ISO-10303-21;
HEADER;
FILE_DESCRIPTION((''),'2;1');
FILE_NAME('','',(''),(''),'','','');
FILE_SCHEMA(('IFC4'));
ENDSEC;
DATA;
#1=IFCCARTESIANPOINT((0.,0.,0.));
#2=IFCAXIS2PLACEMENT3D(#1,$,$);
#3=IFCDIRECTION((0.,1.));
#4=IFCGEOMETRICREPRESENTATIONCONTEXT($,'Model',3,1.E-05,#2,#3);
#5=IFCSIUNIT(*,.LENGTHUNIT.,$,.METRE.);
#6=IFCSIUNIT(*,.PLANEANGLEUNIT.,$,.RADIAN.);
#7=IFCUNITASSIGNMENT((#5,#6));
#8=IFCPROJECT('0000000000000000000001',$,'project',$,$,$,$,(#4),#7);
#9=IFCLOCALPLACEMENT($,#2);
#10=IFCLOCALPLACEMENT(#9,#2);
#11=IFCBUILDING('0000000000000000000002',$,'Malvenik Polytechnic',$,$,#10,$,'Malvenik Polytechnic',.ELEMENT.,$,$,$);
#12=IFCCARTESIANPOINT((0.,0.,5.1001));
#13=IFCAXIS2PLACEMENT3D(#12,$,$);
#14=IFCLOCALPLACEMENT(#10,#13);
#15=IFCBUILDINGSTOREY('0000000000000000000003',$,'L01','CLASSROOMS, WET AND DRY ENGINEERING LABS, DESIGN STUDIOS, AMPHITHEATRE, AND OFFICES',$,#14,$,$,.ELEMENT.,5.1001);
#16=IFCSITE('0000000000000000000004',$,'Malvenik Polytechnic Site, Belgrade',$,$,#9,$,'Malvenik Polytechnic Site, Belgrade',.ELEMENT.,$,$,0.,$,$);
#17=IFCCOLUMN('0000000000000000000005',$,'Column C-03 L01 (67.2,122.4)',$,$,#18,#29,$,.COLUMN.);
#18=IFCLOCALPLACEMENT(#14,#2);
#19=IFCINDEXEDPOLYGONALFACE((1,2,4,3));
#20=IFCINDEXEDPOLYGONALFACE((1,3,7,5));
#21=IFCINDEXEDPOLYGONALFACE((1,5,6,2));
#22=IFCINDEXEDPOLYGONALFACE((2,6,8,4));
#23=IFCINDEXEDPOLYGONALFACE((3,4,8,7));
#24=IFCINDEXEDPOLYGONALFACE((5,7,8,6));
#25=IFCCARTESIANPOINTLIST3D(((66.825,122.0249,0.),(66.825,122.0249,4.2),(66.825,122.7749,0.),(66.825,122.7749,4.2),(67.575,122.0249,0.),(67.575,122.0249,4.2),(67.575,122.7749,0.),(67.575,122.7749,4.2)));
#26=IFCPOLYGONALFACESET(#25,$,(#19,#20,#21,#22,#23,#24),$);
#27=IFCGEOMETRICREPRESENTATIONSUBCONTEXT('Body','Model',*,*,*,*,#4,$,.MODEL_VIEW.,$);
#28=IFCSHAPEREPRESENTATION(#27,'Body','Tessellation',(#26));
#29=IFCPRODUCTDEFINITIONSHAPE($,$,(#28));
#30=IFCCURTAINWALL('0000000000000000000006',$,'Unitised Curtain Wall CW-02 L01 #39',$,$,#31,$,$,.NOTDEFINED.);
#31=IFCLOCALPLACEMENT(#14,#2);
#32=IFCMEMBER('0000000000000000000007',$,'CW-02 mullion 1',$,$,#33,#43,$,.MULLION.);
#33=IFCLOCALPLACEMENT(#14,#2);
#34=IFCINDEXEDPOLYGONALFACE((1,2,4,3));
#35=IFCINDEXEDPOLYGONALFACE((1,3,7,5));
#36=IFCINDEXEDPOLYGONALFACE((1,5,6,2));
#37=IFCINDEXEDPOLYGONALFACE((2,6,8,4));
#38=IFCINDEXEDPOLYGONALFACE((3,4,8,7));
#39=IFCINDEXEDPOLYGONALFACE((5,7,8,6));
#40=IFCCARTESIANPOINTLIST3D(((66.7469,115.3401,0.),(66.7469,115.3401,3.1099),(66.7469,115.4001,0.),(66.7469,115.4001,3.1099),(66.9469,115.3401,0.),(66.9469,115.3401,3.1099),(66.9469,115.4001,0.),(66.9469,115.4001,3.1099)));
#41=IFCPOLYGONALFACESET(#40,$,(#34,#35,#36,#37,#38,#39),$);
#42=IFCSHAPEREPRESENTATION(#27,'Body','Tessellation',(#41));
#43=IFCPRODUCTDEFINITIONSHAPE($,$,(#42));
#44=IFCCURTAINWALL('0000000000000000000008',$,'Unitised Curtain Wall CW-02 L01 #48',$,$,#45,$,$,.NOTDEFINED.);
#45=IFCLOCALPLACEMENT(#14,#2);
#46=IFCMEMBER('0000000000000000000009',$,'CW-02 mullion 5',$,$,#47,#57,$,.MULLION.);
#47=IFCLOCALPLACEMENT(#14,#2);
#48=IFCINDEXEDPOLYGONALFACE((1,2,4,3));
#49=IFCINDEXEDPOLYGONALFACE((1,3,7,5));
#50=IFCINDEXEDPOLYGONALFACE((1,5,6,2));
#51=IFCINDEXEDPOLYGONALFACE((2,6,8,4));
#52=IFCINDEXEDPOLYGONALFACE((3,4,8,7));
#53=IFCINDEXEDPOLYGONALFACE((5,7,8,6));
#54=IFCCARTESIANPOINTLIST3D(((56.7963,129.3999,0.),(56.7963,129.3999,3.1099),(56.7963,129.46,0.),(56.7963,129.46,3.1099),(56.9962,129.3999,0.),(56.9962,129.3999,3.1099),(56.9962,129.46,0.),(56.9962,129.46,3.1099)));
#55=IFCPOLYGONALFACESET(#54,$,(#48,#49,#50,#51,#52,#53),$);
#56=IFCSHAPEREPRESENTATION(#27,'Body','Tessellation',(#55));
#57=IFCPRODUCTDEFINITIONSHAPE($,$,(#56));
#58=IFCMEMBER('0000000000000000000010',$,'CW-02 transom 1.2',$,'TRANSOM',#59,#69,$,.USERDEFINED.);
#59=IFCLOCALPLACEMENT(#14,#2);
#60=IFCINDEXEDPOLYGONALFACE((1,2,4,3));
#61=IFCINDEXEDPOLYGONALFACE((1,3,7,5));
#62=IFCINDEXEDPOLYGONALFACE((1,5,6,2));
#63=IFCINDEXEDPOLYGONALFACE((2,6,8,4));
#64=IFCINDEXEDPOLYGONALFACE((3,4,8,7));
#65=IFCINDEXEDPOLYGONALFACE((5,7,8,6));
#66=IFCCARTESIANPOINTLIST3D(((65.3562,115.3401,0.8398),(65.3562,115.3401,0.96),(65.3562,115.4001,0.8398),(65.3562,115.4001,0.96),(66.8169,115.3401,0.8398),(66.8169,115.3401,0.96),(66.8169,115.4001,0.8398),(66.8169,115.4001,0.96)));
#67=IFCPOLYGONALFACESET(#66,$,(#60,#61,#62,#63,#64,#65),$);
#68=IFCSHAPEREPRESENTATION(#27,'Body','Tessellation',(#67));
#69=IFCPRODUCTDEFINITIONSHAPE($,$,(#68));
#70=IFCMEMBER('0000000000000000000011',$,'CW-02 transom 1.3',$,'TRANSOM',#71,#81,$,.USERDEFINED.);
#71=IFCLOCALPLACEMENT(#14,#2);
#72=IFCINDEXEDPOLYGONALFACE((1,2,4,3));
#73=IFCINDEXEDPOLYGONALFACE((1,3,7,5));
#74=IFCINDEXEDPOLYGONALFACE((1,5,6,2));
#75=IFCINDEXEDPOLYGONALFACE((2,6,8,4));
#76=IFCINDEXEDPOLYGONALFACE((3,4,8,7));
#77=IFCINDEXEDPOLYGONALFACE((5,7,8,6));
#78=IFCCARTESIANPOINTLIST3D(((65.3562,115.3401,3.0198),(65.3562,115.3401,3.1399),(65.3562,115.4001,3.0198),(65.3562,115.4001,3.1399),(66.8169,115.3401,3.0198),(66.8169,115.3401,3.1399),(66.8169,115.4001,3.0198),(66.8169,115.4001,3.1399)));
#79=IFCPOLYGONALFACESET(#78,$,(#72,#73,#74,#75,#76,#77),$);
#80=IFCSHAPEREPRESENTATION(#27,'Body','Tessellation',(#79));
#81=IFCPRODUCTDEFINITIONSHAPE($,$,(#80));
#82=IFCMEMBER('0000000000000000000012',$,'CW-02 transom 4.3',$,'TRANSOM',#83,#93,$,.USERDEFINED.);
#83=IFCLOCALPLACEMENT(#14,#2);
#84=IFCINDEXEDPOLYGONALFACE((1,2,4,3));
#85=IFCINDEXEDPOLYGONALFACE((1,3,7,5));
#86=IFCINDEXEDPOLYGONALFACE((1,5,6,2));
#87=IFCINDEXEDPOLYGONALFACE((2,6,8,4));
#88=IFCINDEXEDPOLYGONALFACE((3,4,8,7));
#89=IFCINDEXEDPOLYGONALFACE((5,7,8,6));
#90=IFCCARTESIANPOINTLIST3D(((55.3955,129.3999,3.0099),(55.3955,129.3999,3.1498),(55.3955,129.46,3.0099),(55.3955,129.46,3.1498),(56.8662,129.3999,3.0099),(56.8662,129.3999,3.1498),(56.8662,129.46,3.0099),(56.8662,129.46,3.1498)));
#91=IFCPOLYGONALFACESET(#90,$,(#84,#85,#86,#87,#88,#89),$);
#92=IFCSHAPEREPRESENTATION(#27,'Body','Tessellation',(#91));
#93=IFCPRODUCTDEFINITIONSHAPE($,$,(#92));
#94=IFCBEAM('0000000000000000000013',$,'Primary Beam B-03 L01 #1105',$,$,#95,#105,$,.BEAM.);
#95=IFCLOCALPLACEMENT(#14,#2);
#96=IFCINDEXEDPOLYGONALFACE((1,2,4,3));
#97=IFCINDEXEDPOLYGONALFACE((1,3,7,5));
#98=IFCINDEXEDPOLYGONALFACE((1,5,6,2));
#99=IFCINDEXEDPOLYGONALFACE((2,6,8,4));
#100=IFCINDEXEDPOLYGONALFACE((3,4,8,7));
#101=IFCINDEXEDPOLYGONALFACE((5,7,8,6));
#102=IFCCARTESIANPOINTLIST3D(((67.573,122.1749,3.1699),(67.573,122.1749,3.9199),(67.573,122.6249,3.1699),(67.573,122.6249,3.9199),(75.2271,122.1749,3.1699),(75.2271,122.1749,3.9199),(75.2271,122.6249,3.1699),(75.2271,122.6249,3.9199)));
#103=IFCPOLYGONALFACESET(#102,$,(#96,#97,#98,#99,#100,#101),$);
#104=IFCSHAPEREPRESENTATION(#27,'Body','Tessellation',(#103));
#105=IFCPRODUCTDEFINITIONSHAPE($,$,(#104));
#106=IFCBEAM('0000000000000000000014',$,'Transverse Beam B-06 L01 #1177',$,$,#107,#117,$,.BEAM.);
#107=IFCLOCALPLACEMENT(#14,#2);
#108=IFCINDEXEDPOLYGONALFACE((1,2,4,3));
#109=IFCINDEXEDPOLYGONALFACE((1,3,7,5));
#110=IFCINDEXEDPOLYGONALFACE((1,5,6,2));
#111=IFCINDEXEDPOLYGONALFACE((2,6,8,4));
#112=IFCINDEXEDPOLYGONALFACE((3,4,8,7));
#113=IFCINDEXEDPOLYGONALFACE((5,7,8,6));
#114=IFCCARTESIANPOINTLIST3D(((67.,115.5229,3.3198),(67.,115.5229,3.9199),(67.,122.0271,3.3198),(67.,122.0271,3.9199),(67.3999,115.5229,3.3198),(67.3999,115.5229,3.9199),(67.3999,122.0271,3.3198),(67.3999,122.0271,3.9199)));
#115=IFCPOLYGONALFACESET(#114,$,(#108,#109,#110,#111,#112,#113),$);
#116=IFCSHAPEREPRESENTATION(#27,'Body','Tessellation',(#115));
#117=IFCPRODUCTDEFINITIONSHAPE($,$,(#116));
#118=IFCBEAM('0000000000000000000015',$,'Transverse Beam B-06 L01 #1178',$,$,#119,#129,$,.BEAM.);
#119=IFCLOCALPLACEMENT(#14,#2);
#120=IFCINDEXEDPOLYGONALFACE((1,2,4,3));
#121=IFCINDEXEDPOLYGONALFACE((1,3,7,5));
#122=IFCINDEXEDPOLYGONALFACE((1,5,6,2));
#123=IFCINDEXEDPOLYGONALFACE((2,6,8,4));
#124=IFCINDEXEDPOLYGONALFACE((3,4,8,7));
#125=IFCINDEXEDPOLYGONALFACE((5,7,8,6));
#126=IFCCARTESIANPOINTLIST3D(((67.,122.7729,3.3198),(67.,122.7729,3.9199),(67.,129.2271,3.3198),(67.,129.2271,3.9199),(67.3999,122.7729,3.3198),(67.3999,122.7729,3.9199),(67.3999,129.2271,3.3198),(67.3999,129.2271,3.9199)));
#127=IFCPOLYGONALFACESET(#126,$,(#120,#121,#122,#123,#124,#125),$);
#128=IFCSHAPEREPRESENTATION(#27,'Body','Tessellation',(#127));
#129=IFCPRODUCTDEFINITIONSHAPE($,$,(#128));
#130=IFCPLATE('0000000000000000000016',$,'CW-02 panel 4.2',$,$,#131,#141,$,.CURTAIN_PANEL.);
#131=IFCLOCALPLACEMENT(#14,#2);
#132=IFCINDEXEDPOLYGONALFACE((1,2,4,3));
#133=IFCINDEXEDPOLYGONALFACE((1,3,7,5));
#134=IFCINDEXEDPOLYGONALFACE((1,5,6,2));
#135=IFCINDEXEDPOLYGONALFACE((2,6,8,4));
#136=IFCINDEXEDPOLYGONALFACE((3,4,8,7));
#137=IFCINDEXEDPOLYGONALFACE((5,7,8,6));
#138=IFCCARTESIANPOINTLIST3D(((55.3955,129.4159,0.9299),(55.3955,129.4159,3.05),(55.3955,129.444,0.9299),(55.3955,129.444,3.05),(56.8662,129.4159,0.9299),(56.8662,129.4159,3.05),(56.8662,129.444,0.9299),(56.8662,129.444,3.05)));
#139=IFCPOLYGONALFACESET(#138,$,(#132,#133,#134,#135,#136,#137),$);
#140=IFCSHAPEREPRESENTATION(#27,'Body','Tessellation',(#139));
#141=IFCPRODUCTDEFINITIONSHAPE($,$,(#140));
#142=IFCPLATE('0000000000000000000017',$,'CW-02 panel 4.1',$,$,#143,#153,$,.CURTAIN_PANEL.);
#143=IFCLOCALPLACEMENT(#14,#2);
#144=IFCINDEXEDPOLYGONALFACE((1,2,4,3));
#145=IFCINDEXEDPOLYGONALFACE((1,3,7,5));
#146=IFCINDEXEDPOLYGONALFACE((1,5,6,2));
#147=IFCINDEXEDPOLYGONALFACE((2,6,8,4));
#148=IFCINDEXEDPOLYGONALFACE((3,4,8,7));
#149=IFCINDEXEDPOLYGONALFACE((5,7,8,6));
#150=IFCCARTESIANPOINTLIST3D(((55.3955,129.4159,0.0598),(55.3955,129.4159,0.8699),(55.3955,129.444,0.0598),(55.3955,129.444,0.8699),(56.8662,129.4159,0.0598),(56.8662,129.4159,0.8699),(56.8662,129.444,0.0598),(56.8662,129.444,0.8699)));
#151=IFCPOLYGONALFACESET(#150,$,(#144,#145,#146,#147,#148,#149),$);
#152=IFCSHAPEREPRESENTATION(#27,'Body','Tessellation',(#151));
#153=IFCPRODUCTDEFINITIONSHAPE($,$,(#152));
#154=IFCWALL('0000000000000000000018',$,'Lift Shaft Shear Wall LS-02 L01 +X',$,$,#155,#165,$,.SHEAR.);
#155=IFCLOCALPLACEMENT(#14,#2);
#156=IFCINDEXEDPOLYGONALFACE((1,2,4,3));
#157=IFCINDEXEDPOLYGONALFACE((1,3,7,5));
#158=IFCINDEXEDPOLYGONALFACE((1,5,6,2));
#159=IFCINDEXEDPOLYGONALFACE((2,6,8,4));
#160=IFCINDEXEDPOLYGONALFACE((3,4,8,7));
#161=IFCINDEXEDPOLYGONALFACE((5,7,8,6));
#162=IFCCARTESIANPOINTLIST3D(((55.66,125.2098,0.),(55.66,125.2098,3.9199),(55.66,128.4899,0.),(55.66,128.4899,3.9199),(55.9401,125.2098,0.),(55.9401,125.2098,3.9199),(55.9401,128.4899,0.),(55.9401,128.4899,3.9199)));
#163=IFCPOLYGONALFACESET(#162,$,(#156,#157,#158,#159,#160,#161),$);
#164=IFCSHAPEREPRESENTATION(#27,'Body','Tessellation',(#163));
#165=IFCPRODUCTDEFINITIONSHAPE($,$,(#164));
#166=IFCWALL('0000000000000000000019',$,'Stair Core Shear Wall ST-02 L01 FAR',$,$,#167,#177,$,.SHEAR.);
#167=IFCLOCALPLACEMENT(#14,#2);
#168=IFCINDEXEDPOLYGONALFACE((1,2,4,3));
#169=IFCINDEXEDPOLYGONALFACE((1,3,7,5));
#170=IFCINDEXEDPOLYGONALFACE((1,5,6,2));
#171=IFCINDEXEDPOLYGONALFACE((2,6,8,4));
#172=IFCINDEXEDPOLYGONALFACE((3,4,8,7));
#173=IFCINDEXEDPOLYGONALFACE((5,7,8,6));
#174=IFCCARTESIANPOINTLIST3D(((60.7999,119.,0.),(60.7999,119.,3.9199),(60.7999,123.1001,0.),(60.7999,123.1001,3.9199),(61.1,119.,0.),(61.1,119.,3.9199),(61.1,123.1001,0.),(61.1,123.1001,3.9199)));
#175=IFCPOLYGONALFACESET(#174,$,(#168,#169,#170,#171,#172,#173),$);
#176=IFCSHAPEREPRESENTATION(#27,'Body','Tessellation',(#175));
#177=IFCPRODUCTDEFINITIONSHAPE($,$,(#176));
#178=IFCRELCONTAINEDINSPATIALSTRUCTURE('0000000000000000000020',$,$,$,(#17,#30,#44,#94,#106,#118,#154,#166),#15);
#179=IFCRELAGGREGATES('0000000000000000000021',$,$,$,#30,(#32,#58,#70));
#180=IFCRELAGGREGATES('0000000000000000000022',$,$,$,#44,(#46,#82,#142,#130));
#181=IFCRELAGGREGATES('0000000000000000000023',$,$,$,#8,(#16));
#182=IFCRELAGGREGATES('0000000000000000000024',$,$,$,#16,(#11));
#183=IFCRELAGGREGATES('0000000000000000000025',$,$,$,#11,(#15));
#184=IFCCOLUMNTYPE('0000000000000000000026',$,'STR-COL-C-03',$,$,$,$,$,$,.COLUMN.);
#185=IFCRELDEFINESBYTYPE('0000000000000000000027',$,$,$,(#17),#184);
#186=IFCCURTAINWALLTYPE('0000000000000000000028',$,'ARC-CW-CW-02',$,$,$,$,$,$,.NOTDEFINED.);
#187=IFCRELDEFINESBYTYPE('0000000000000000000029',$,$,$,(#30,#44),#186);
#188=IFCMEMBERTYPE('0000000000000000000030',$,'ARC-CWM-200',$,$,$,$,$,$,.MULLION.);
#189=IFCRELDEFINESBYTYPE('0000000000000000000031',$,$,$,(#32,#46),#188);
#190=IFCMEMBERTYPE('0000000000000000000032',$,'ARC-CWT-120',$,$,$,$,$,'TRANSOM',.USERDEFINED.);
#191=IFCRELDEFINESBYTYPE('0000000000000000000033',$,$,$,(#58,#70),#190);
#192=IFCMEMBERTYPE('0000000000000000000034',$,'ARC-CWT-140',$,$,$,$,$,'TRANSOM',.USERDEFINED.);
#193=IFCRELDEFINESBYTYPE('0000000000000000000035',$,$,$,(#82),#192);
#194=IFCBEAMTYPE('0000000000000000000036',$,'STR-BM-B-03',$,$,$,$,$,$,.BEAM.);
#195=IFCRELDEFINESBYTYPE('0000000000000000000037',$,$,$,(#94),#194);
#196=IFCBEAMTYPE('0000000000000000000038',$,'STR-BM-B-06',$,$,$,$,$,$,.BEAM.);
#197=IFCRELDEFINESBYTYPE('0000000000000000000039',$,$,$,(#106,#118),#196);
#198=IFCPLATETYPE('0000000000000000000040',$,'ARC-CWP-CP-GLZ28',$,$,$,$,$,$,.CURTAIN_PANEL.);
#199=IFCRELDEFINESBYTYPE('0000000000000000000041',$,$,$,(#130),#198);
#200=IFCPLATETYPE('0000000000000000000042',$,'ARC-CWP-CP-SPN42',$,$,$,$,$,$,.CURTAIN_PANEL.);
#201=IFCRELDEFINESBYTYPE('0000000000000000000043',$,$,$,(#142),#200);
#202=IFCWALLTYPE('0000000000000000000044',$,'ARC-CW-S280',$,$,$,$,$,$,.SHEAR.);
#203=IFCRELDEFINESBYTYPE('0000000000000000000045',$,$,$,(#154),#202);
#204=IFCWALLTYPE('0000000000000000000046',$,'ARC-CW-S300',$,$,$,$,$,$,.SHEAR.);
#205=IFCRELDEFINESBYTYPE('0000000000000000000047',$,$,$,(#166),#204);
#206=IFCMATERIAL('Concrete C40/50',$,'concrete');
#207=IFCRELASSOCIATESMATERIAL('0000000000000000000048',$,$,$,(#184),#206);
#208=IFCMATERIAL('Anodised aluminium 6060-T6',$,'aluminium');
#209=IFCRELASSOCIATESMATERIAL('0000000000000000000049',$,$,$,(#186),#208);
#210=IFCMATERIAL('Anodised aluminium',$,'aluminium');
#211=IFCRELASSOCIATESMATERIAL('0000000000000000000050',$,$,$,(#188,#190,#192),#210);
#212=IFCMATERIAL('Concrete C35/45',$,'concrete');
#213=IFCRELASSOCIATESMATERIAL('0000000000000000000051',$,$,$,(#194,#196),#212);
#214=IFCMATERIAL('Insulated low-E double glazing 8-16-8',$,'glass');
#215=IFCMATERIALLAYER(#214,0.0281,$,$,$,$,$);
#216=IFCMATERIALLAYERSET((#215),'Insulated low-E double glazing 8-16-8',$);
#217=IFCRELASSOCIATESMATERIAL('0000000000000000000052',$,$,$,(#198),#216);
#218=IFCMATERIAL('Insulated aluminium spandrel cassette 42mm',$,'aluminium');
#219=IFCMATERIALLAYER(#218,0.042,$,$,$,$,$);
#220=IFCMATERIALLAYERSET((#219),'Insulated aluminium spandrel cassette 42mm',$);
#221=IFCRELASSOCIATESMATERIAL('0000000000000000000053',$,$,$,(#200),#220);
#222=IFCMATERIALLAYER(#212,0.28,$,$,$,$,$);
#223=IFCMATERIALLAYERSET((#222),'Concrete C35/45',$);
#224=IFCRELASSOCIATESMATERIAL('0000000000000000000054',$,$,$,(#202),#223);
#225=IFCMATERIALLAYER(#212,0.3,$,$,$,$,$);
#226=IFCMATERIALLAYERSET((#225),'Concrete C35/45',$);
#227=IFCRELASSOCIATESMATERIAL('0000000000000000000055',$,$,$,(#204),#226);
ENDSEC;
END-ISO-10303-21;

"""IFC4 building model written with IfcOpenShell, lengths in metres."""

from ifc_helpers import new_model, si_unit, direction, frame, frame_2d, origin, origin_2d, place, context, subcontext, project, spatial, rectangle, extrude, material, layer, layer_set, material_profile, profile_set, type_object, element, aggregate, save


model = new_model("IFC4")

# Units and contexts
model_context = context("Model", 3, precision=1e-05, world=origin(), true_north=direction((0.0, 1.0)))
body_context = subcontext(model_context, "Body", "Model", "MODEL_VIEW")
ifc_project = project(units=[si_unit("LENGTHUNIT", "METRE"), si_unit("PLANEANGLEUNIT", "RADIAN")], contexts=[model_context])

# Site, building, storey
site_placement = place(None, origin())
site = spatial("IfcSite", under=ifc_project, at=site_placement, Name="Malvenik Polytechnic Site, Belgrade", LongName="Malvenik Polytechnic Site, Belgrade", CompositionType="ELEMENT", RefElevation=0.0)
building_placement = place(site_placement, origin())
building = spatial("IfcBuilding", under=site, at=building_placement, Name="Malvenik Polytechnic", LongName="Malvenik Polytechnic", CompositionType="ELEMENT")
storey_placement = place(building_placement, frame((0.0, 0.0, 5.1001)))
storey = spatial("IfcBuildingStorey", under=building, at=storey_placement, Name="L01", Description="CLASSROOMS, WET AND DRY ENGINEERING LABS, DESIGN STUDIOS, AMPHITHEATRE, AND OFFICES", CompositionType="ELEMENT", Elevation=5.1001)

# Column
ifc_material_1 = material(Name="Concrete C40/50", Category="concrete")
ifc_material_profile_1 = material_profile(ifc_material_1, rectangle(XDim=0.75, YDim=0.75, at=origin_2d()), Name="RC COL 750x750")
ifc_profile_set_1 = profile_set([ifc_material_profile_1], Name="Concrete C40/50")
column_type = type_object("IfcColumnType", Name="STR-COL-C-03", PredefinedType="COLUMN", material=ifc_profile_set_1)
column_placement = place(storey_placement, frame((67.2, 122.3999, 0.0), z_axis=(0.0, 0.0, 1.0), x_axis=(1.0, 0.0, 0.0)))
element("IfcColumn", 1, at=column_placement, inside=storey, type_object=column_type, Name="Column C-03 L01 (67.2,122.4)", PredefinedType="COLUMN", context=body_context, shape_type="SweptSolid", body=[
    extrude(rectangle(XDim=0.75, YDim=0.75, at=origin_2d()), origin(), (0.0, 0.0, 1.0), 4.2),
])

# Curtain walls, members
ifc_material_2 = material(Name="Anodised aluminium 6060-T6", Category="aluminium")
curtain_wall_type = type_object("IfcCurtainWallType", Name="ARC-CW-CW-02", PredefinedType="NOTDEFINED", material=ifc_material_2)
curtain_wall_1_placement = place(storey_placement, origin())
curtain_wall_1 = element("IfcCurtainWall", 2, at=curtain_wall_1_placement, inside=storey, type_object=curtain_wall_type, Name="Unitised Curtain Wall CW-02 L01 #39", PredefinedType="NOTDEFINED")
ifc_material_3 = material(Name="Anodised aluminium", Category="aluminium")
ifc_material_profile_2 = material_profile(ifc_material_3, rectangle(XDim=0.0601, YDim=0.2, at=origin_2d()), Name="ALU MULLION 60x200")
ifc_profile_set_2 = profile_set([ifc_material_profile_2], Name="Anodised aluminium")
member_type_1 = type_object("IfcMemberType", Name="ARC-CWM-200", PredefinedType="MULLION", material=ifc_profile_set_2)
member_1_placement = place(storey_placement, frame((66.8469, 115.3701, 0.0), z_axis=(0.0, 0.0, 1.0), x_axis=(0.0, -1.0, 0.0)))
member_1 = element("IfcMember", 3, at=member_1_placement, type_object=member_type_1, Name="CW-02 mullion 1", PredefinedType="MULLION", context=body_context, shape_type="SweptSolid", body=[
    extrude(rectangle(XDim=0.0601, YDim=0.2, at=origin_2d()), origin(), (0.0, 0.0, 1.0), 3.1099),
])
curtain_wall_2_placement = place(storey_placement, origin())
curtain_wall_2 = element("IfcCurtainWall", 4, at=curtain_wall_2_placement, inside=storey, type_object=curtain_wall_type, Name="Unitised Curtain Wall CW-02 L01 #48", PredefinedType="NOTDEFINED")
member_2_placement = place(storey_placement, frame((56.8962, 129.4299, 0.0), z_axis=(0.0, 0.0, 1.0), x_axis=(0.0, 1.0, 0.0)))
member_2 = element("IfcMember", 5, at=member_2_placement, type_object=member_type_1, Name="CW-02 mullion 5", PredefinedType="MULLION", context=body_context, shape_type="SweptSolid", body=[
    extrude(rectangle(XDim=0.0601, YDim=0.2, at=origin_2d()), origin(), (0.0, 0.0, 1.0), 3.1099),
])

# Members
ifc_material_profile_3 = material_profile(ifc_material_3, rectangle(XDim=0.0601, YDim=0.1201, at=origin_2d()), Name="ALU TRANSOM 60x120")
ifc_profile_set_3 = profile_set([ifc_material_profile_3], Name="Anodised aluminium")
member_type_2 = type_object("IfcMemberType", Name="ARC-CWT-120", ElementType="TRANSOM", PredefinedType="USERDEFINED", material=ifc_profile_set_3)
member_3_placement = place(storey_placement, frame((66.8169, 115.3701, 0.8999), z_axis=(-1.0, 0.0, 0.0), x_axis=(0.0, -1.0, 0.0)))
member_3 = element("IfcMember", 6, at=member_3_placement, type_object=member_type_2, Name="CW-02 transom 1.2", ObjectType="TRANSOM", PredefinedType="USERDEFINED", context=body_context, shape_type="SweptSolid", body=[
    extrude(rectangle(XDim=0.0601, YDim=0.1201, at=origin_2d()), origin(), (0.0, 0.0, 1.0), 1.4607),
])
member_4_placement = place(storey_placement, frame((66.8169, 115.3701, 3.0798), z_axis=(-1.0, 0.0, 0.0), x_axis=(0.0, -1.0, 0.0)))
member_4 = element("IfcMember", 7, at=member_4_placement, type_object=member_type_2, Name="CW-02 transom 1.3", ObjectType="TRANSOM", PredefinedType="USERDEFINED", context=body_context, shape_type="SweptSolid", body=[
    extrude(rectangle(XDim=0.0601, YDim=0.1201, at=origin_2d()), origin(), (0.0, 0.0, 1.0), 1.4607),
])
aggregate(curtain_wall_1, [member_1, member_3, member_4])
ifc_material_profile_4 = material_profile(ifc_material_3, rectangle(XDim=0.0601, YDim=0.1399, at=origin_2d()), Name="ALU TRANSOM 60x140")
ifc_profile_set_4 = profile_set([ifc_material_profile_4], Name="Anodised aluminium")
member_type_3 = type_object("IfcMemberType", Name="ARC-CWT-140", ElementType="TRANSOM", PredefinedType="USERDEFINED", material=ifc_profile_set_4)
member_5_placement = place(storey_placement, frame((55.3955, 129.4299, 3.0798), z_axis=(1.0, 0.0, 0.0), x_axis=(0.0, 1.0, 0.0)))
member_5 = element("IfcMember", 8, at=member_5_placement, type_object=member_type_3, Name="CW-02 transom 4.3", ObjectType="TRANSOM", PredefinedType="USERDEFINED", context=body_context, shape_type="SweptSolid", body=[
    extrude(rectangle(XDim=0.0601, YDim=0.1399, at=origin_2d()), origin(), (0.0, 0.0, 1.0), 1.4707),
])

# Beams
ifc_material_4 = material(Name="Concrete C35/45", Category="concrete")
ifc_material_profile_5 = material_profile(ifc_material_4, rectangle(XDim=0.45, YDim=0.75, at=origin_2d()), Name="RC BM 450x750")
ifc_profile_set_5 = profile_set([ifc_material_profile_5], Name="Concrete C35/45")
beam_type_1 = type_object("IfcBeamType", Name="STR-BM-B-03", PredefinedType="BEAM", material=ifc_profile_set_5)
beam_1_placement = place(storey_placement, frame((67.573, 122.3999, 3.5449), z_axis=(1.0, 0.0, 0.0), x_axis=(0.0, 1.0, 0.0)))
element("IfcBeam", 9, at=beam_1_placement, inside=storey, type_object=beam_type_1, Name="Primary Beam B-03 L01 #1105", PredefinedType="BEAM", context=body_context, shape_type="SweptSolid", body=[
    extrude(rectangle(XDim=0.45, YDim=0.75, at=origin_2d()), origin(), (0.0, 0.0, 1.0), 7.6541),
])
ifc_material_profile_6 = material_profile(ifc_material_4, rectangle(XDim=0.3999, YDim=0.6001, at=origin_2d()), Name="RC BM 400x600")
ifc_profile_set_6 = profile_set([ifc_material_profile_6], Name="Concrete C35/45")
beam_type_2 = type_object("IfcBeamType", Name="STR-BM-B-06", PredefinedType="BEAM", material=ifc_profile_set_6)
beam_2_placement = place(storey_placement, frame((67.2, 115.5229, 3.6199), z_axis=(0.0, 1.0, 0.0), x_axis=(-1.0, 0.0, 0.0)))
element("IfcBeam", 10, at=beam_2_placement, inside=storey, type_object=beam_type_2, Name="Transverse Beam B-06 L01 #1177", PredefinedType="BEAM", context=body_context, shape_type="SweptSolid", body=[
    extrude(rectangle(XDim=0.3999, YDim=0.6001, at=origin_2d()), origin(), (0.0, 0.0, 1.0), 6.5042),
])
beam_3_placement = place(storey_placement, frame((67.2, 122.7729, 3.6199), z_axis=(0.0, 1.0, 0.0), x_axis=(-1.0, 0.0, 0.0)))
element("IfcBeam", 11, at=beam_3_placement, inside=storey, type_object=beam_type_2, Name="Transverse Beam B-06 L01 #1178", PredefinedType="BEAM", context=body_context, shape_type="SweptSolid", body=[
    extrude(rectangle(XDim=0.3999, YDim=0.6001, at=origin_2d()), origin(), (0.0, 0.0, 1.0), 6.4541),
])

# Plates
ifc_material_5 = material(Name="Insulated low-E double glazing 8-16-8", Category="glass")
ifc_layer_1 = layer(ifc_material_5, 0.0281)
ifc_layer_set_1 = layer_set([ifc_layer_1], Name="Insulated low-E double glazing 8-16-8")
plate_type_1 = type_object("IfcPlateType", Name="ARC-CWP-CP-GLZ28", PredefinedType="CURTAIN_PANEL", material=ifc_layer_set_1)
plate_1_placement = place(storey_placement, frame((56.1309, 129.4299, 0.9299), z_axis=(0.0, 0.0, 1.0), x_axis=(1.0, 0.0, 0.0)))
plate_1 = element("IfcPlate", 12, at=plate_1_placement, type_object=plate_type_1, Name="CW-02 panel 4.2", PredefinedType="CURTAIN_PANEL", context=body_context, shape_type="SweptSolid", body=[
    extrude(rectangle(XDim=1.4707, YDim=0.0281, at=origin_2d()), origin(), (0.0, 0.0, 1.0), 2.1201),
])
ifc_material_6 = material(Name="Insulated aluminium spandrel cassette 42mm", Category="aluminium")
ifc_layer_2 = layer(ifc_material_6, 0.042)
ifc_layer_set_2 = layer_set([ifc_layer_2], Name="Insulated aluminium spandrel cassette 42mm")
plate_type_2 = type_object("IfcPlateType", Name="ARC-CWP-CP-SPN42", PredefinedType="CURTAIN_PANEL", material=ifc_layer_set_2)
plate_2_placement = place(storey_placement, frame((56.1309, 129.4299, 0.0598), z_axis=(0.0, 0.0, 1.0), x_axis=(1.0, 0.0, 0.0)))
plate_2 = element("IfcPlate", 13, at=plate_2_placement, type_object=plate_type_2, Name="CW-02 panel 4.1", PredefinedType="CURTAIN_PANEL", context=body_context, shape_type="SweptSolid", body=[
    extrude(rectangle(XDim=1.4707, YDim=0.0281, at=origin_2d()), origin(), (0.0, 0.0, 1.0), 0.8101),
])
aggregate(curtain_wall_2, [member_2, member_5, plate_2, plate_1])

# Shared definitions
ifc_layer_3 = layer(ifc_material_4, 0.28)
ifc_layer_set_3 = layer_set([ifc_layer_3], Name="Concrete C35/45")
wall_type_1 = type_object("IfcWallType", Name="ARC-CW-S280", PredefinedType="SHEAR", material=ifc_layer_set_3)

# Walls
wall_1_placement = place(storey_placement, frame((55.8, 128.49, 0.0), z_axis=(0.0, 0.0, 1.0), x_axis=(0.0, -1.0, 0.0)))
element("IfcWall", 14, at=wall_1_placement, inside=storey, type_object=wall_type_1, Name="Lift Shaft Shear Wall LS-02 L01 +X", PredefinedType="SHEAR", context=body_context, shape_type="SweptSolid", body=[
    extrude(rectangle(XDim=3.28, YDim=0.28, at=frame_2d((1.6401, 0.0))), origin(), (0.0, 0.0, 1.0), 3.9199),
])
ifc_layer_4 = layer(ifc_material_4, 0.3)
ifc_layer_set_4 = layer_set([ifc_layer_4], Name="Concrete C35/45")
wall_type_2 = type_object("IfcWallType", Name="ARC-CW-S300", PredefinedType="SHEAR", material=ifc_layer_set_4)
wall_2_placement = place(storey_placement, frame((60.95, 123.1001, 0.0), z_axis=(0.0, 0.0, 1.0), x_axis=(0.0, -1.0, 0.0)))
element("IfcWall", 15, at=wall_2_placement, inside=storey, type_object=wall_type_2, Name="Stair Core Shear Wall ST-02 L01 FAR", PredefinedType="SHEAR", context=body_context, shape_type="SweptSolid", body=[
    extrude(rectangle(XDim=4.1001, YDim=0.3, at=frame_2d((2.05, 0.0))), origin(), (0.0, 0.0, 1.0), 3.9199),
])

save(model, "model.ifc")
